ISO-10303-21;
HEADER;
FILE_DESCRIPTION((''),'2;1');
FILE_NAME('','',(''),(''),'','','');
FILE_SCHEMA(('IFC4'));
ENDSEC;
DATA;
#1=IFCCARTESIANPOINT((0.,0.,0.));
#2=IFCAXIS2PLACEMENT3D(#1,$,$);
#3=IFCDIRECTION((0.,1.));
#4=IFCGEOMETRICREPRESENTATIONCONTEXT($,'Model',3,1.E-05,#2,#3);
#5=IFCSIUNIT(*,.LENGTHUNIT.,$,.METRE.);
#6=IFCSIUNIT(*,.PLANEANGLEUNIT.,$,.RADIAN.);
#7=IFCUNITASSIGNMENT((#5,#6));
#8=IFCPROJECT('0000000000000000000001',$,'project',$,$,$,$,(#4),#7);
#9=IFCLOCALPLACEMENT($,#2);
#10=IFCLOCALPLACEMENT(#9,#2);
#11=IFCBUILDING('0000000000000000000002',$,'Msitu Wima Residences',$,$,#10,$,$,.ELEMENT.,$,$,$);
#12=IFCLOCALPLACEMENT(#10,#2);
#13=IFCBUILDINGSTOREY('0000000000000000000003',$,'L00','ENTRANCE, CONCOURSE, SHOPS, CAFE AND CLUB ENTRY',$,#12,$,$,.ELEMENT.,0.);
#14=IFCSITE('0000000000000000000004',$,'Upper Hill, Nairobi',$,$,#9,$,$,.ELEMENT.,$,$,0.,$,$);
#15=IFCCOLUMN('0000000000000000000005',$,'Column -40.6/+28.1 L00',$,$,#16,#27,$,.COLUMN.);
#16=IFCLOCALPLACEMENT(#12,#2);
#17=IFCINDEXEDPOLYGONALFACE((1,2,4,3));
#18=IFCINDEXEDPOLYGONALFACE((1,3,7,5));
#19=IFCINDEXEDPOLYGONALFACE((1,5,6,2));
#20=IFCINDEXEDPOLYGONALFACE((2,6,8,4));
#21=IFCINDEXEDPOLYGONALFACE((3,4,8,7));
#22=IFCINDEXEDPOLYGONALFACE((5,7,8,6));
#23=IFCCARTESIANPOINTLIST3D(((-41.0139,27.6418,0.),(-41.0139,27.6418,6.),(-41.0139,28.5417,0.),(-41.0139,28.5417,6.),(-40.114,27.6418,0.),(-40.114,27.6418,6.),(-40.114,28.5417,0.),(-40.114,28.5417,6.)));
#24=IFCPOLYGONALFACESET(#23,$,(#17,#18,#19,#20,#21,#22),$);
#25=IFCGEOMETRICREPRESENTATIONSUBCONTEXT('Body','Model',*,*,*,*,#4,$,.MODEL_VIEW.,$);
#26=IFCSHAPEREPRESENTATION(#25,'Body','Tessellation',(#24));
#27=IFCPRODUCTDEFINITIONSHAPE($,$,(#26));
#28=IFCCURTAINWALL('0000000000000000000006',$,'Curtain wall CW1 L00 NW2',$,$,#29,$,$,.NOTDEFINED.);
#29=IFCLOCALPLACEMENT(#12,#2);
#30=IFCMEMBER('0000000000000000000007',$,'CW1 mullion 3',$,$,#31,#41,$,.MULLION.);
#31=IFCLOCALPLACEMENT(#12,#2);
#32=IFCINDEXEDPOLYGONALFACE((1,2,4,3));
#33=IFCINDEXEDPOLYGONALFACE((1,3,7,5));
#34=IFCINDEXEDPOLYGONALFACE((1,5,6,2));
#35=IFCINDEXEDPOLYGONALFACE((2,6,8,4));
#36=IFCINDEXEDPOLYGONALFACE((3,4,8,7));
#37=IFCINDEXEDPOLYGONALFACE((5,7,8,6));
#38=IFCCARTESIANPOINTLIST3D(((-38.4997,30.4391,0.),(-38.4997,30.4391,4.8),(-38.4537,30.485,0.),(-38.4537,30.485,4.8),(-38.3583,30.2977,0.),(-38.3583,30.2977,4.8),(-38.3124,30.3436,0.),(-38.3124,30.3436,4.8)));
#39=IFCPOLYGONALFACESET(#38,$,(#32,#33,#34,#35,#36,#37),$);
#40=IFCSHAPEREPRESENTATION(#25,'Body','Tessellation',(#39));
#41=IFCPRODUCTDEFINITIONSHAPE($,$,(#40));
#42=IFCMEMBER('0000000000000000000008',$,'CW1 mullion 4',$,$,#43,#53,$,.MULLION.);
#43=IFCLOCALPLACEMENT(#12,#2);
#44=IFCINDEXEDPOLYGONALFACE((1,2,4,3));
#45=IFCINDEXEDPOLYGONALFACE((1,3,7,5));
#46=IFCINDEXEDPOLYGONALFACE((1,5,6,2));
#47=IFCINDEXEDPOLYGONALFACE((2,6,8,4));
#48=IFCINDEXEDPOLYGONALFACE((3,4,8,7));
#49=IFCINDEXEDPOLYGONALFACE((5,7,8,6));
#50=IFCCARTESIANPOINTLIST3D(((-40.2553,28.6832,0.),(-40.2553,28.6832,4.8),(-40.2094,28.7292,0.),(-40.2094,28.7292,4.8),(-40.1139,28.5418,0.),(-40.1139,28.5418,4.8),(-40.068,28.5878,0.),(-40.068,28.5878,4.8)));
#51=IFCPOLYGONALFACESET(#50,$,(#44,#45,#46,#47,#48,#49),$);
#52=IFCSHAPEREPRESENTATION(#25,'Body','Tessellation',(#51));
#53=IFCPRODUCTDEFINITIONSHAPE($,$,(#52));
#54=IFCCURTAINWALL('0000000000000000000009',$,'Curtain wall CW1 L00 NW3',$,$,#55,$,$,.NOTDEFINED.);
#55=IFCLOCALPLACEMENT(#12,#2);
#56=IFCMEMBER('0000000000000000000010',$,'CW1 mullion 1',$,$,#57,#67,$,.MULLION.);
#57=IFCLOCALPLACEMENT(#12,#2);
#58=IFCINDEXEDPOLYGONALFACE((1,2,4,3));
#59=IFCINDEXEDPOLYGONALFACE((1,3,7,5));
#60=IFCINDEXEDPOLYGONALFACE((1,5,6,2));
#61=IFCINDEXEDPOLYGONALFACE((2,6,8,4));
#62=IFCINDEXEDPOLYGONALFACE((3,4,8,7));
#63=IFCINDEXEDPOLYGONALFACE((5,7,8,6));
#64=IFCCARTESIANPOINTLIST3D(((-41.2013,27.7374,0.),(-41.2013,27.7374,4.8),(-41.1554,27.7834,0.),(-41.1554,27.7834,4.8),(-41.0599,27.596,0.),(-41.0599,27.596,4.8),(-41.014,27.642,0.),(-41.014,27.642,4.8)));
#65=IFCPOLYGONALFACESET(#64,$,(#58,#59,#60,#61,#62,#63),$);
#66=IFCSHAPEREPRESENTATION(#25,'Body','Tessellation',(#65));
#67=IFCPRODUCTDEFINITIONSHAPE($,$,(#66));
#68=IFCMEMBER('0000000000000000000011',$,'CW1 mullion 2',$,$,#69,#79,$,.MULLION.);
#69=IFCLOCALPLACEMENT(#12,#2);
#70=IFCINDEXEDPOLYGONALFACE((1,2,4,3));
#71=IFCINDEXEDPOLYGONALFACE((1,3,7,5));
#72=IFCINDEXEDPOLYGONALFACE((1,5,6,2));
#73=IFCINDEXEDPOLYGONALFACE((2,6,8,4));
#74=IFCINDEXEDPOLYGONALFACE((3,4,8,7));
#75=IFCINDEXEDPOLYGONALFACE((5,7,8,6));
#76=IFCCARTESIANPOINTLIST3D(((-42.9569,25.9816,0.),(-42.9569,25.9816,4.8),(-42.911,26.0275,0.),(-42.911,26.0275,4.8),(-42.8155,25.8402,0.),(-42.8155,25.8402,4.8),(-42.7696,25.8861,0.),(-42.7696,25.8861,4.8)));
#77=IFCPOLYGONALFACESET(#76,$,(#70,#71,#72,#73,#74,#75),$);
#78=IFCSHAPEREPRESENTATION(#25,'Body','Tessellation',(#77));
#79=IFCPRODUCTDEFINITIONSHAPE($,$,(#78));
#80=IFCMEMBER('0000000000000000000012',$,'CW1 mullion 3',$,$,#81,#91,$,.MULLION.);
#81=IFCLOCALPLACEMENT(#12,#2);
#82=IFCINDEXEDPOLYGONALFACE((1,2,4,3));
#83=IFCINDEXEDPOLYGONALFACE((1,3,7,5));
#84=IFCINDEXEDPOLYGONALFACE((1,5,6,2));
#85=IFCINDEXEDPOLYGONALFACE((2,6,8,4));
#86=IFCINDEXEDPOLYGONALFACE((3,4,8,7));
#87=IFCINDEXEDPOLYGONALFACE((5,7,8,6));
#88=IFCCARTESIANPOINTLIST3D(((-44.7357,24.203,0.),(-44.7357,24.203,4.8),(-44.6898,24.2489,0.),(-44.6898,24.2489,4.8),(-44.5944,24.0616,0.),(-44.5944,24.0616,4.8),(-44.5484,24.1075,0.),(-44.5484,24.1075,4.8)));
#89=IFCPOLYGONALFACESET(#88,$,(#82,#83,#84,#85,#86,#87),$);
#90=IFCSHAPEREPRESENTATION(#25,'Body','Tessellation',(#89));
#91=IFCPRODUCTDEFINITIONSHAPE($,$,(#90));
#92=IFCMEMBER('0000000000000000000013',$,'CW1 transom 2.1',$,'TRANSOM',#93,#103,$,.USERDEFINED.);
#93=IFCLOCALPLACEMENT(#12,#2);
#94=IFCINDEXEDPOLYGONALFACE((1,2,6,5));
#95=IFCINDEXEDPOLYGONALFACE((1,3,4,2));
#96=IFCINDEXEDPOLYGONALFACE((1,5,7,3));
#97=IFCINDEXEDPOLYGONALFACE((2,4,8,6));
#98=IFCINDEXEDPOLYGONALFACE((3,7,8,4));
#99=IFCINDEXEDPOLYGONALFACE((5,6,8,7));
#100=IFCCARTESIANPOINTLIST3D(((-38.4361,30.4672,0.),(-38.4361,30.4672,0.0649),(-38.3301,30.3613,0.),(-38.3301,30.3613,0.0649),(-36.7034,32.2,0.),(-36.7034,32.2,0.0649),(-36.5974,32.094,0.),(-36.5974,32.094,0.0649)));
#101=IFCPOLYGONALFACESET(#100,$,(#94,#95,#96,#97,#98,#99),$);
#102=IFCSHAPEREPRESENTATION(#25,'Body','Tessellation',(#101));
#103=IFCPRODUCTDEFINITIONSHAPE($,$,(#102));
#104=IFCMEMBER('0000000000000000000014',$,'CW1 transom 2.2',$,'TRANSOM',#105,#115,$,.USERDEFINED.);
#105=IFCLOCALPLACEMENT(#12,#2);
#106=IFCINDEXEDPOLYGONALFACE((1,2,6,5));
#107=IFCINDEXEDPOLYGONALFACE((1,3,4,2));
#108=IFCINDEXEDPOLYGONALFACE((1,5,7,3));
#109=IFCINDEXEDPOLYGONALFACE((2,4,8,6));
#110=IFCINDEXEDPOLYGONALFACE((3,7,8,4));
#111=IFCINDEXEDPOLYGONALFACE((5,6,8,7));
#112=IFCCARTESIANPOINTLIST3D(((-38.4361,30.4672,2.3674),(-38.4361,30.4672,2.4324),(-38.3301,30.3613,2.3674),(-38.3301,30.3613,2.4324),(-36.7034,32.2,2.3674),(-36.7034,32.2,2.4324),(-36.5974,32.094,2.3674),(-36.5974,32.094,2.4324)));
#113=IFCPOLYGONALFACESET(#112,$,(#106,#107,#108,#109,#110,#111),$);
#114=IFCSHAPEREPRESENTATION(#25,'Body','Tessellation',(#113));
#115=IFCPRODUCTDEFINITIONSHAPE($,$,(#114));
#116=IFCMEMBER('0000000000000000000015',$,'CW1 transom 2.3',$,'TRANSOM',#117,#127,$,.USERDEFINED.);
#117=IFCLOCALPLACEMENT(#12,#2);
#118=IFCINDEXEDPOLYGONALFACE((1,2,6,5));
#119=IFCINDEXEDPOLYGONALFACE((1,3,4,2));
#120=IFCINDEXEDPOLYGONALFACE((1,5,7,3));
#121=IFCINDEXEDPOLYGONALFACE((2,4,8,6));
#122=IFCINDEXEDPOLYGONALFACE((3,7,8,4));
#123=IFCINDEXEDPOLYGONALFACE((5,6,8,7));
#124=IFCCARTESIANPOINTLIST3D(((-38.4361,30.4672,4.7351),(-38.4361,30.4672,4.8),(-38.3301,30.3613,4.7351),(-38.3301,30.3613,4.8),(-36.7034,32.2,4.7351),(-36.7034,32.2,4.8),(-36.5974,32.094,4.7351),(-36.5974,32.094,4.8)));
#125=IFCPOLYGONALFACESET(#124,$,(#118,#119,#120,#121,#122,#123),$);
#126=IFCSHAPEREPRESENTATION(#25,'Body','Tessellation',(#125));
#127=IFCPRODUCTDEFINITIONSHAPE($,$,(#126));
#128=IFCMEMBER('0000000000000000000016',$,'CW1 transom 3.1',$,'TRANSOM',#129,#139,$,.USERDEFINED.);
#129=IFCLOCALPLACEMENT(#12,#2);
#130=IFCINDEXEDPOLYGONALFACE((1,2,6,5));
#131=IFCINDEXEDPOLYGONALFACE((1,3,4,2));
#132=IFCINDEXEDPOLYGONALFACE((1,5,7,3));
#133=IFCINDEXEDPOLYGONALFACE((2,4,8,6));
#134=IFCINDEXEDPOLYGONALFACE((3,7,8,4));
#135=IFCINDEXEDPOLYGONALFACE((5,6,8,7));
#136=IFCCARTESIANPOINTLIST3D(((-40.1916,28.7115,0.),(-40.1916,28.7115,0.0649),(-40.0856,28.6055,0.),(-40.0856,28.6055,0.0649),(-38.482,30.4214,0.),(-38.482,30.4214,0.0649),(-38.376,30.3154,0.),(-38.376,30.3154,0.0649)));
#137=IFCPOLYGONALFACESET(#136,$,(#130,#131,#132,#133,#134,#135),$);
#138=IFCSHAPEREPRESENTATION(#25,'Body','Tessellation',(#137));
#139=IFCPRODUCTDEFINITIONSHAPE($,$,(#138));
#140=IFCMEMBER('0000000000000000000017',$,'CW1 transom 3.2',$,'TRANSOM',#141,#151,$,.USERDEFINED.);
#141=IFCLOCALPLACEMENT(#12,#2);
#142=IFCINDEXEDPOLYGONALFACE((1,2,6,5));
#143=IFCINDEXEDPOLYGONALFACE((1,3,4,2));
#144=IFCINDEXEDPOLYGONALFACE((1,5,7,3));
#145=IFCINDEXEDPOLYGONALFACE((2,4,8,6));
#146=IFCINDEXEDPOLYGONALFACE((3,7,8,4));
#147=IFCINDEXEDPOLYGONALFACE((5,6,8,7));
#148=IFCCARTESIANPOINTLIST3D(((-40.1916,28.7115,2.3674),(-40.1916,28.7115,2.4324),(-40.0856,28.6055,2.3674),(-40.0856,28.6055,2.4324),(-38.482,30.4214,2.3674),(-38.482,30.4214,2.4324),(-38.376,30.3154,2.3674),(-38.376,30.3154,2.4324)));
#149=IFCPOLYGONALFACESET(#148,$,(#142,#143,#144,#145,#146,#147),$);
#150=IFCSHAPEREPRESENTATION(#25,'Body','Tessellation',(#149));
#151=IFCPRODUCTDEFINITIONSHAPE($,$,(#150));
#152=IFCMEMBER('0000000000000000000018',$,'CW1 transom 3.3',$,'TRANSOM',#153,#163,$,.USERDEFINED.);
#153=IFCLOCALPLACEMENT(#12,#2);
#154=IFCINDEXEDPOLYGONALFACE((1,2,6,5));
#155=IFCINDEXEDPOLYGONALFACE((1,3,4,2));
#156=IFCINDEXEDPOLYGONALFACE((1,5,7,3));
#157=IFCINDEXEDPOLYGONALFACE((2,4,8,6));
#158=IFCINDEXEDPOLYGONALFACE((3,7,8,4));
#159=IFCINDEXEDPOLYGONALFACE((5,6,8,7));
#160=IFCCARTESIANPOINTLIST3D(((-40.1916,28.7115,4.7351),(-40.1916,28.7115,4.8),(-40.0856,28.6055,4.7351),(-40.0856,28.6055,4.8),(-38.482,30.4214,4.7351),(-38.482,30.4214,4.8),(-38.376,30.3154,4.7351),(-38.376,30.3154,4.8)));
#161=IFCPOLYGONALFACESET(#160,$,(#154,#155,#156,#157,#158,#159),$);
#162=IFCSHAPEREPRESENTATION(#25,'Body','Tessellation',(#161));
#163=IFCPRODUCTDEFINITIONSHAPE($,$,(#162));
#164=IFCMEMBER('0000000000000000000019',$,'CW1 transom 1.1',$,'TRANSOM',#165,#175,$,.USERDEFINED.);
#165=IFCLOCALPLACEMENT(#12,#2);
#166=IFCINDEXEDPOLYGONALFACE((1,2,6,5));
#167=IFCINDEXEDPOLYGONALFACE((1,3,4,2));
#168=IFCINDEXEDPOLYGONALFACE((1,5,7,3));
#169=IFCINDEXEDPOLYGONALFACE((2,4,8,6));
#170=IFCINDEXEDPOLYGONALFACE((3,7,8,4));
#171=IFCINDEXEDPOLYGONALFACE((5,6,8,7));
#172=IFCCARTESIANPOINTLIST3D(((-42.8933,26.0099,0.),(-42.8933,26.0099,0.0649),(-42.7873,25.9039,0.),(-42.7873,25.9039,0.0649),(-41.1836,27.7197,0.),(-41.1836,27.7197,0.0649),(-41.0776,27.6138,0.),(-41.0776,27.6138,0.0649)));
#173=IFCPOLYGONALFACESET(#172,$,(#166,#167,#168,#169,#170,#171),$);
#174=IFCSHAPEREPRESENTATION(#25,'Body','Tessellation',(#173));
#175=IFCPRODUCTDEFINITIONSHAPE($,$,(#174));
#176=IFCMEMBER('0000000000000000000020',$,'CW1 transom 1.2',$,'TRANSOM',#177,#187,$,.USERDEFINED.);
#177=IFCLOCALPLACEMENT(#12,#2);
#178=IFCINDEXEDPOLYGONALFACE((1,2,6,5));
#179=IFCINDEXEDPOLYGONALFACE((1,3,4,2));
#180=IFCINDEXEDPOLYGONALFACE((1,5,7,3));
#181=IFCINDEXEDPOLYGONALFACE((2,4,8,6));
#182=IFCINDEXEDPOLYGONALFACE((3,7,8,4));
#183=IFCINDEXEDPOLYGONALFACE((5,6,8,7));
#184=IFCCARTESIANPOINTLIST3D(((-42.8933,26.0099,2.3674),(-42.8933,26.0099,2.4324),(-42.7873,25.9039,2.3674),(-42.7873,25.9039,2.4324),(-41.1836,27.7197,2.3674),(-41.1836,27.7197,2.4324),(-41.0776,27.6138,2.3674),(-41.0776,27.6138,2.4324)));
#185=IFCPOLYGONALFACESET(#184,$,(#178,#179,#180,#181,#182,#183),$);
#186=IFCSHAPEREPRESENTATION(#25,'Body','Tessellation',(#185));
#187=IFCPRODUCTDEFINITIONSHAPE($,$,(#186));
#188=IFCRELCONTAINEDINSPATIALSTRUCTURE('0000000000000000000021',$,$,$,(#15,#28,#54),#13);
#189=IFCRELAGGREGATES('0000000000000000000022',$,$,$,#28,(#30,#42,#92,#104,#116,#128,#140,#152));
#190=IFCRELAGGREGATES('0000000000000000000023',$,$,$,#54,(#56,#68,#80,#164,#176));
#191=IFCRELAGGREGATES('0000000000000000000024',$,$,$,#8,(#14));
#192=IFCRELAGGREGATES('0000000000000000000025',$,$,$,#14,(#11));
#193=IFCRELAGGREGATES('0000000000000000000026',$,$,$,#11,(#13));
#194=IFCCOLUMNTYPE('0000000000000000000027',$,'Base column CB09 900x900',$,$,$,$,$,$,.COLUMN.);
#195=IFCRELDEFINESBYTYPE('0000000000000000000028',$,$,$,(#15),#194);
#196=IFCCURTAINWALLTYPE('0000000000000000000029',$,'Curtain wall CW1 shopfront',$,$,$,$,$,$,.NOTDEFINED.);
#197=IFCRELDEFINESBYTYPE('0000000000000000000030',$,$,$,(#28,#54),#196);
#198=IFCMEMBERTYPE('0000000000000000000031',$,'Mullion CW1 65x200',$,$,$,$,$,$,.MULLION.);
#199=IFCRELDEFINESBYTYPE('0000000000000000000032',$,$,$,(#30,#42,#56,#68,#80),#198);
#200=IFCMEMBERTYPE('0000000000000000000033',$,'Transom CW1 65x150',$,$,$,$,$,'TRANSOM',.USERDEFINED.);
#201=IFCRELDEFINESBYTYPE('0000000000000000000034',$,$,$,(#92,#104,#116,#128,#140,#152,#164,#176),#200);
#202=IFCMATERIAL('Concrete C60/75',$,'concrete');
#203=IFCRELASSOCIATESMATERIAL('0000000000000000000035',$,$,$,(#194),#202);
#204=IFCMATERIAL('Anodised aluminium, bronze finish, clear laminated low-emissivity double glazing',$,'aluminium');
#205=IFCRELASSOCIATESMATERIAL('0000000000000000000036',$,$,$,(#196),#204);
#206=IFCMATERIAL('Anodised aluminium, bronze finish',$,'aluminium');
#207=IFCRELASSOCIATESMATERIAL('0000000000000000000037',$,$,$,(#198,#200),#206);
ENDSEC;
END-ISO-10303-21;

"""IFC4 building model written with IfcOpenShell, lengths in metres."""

from ifc_helpers import new_model, si_unit, direction, frame, origin, origin_2d, place, context, subcontext, project, spatial, rectangle, extrude, material, material_profile, profile_set, type_object, element, aggregate, save


model = new_model("IFC4")

# Units and contexts
model_context = context("Model", 3, precision=1e-05, world=origin(), true_north=direction((0.0, 1.0)))
body_context = subcontext(model_context, "Body", "Model", "MODEL_VIEW")
ifc_project = project(units=[si_unit("LENGTHUNIT", "METRE"), si_unit("PLANEANGLEUNIT", "RADIAN")], contexts=[model_context])

# Site, building, storey
site_placement = place(None, origin())
site = spatial("IfcSite", under=ifc_project, at=site_placement, Name="Upper Hill, Nairobi", CompositionType="ELEMENT", RefElevation=0.0)
building_placement = place(site_placement, origin())
building = spatial("IfcBuilding", under=site, at=building_placement, Name="Msitu Wima Residences", CompositionType="ELEMENT")
storey_placement = place(building_placement, origin())
storey = spatial("IfcBuildingStorey", under=building, at=storey_placement, Name="L00", Description="ENTRANCE, CONCOURSE, SHOPS, CAFE AND CLUB ENTRY", CompositionType="ELEMENT", Elevation=0.0)

# Column
ifc_material_1 = material(Name="Concrete C60/75", Category="concrete")
ifc_material_profile_1 = material_profile(ifc_material_1, rectangle(XDim=0.8999, YDim=0.8999, at=origin_2d()), Name="RC 900x900")
ifc_profile_set_1 = profile_set([ifc_material_profile_1], Name="Concrete C60/75")
column_type = type_object("IfcColumnType", Name="Base column CB09 900x900", PredefinedType="COLUMN", material=ifc_profile_set_1)
column_placement = place(storey_placement, frame((-40.564, 28.0918, 0.0), z_axis=(0.0, 0.0, 1.0), x_axis=(1.0, 0.0, 0.0)))
element("IfcColumn", 1, at=column_placement, inside=storey, type_object=column_type, Name="Column -40.6/+28.1 L00", PredefinedType="COLUMN", context=body_context, shape_type="SweptSolid", body=[
    extrude(rectangle(XDim=0.8999, YDim=0.8999, at=origin_2d()), origin(), (0.0, 0.0, 1.0), 6.0),
])

# Curtain walls, members
ifc_material_2 = material(Name="Anodised aluminium, bronze finish, clear laminated low-emissivity double glazing", Category="aluminium")
curtain_wall_type = type_object("IfcCurtainWallType", Name="Curtain wall CW1 shopfront", PredefinedType="NOTDEFINED", material=ifc_material_2)
curtain_wall_1_placement = place(storey_placement, origin())
curtain_wall_1 = element("IfcCurtainWall", 2, at=curtain_wall_1_placement, inside=storey, type_object=curtain_wall_type, Name="Curtain wall CW1 L00 NW2", PredefinedType="NOTDEFINED")
ifc_material_3 = material(Name="Anodised aluminium, bronze finish", Category="aluminium")
ifc_material_profile_2 = material_profile(ifc_material_3, rectangle(XDim=0.2, YDim=0.0649, at=origin_2d()), Name="Mullion 65x200")
ifc_profile_set_2 = profile_set([ifc_material_profile_2], Name="Anodised aluminium, bronze finish")
member_type_1 = type_object("IfcMemberType", Name="Mullion CW1 65x200", PredefinedType="MULLION", material=ifc_profile_set_2)
member_1_placement = place(storey_placement, frame((-38.406, 30.3914, 0.0), z_axis=(0.0, 0.0, 1.0), x_axis=(0.707107, -0.707107, 0.0)))
member_1 = element("IfcMember", 3, at=member_1_placement, type_object=member_type_1, Name="CW1 mullion 3", PredefinedType="MULLION", context=body_context, shape_type="SweptSolid", body=[
    extrude(rectangle(XDim=0.2, YDim=0.0649, at=origin_2d()), origin(), (0.0, 0.0, 1.0), 4.8),
])
member_2_placement = place(storey_placement, frame((-40.1616, 28.6355, 0.0), z_axis=(0.0, 0.0, 1.0), x_axis=(0.707107, -0.707107, 0.0)))
member_2 = element("IfcMember", 4, at=member_2_placement, type_object=member_type_1, Name="CW1 mullion 4", PredefinedType="MULLION", context=body_context, shape_type="SweptSolid", body=[
    extrude(rectangle(XDim=0.2, YDim=0.0649, at=origin_2d()), origin(), (0.0, 0.0, 1.0), 4.8),
])
curtain_wall_2_placement = place(storey_placement, origin())
curtain_wall_2 = element("IfcCurtainWall", 5, at=curtain_wall_2_placement, inside=storey, type_object=curtain_wall_type, Name="Curtain wall CW1 L00 NW3", PredefinedType="NOTDEFINED")
member_3_placement = place(storey_placement, frame((-41.1077, 27.6897, 0.0), z_axis=(0.0, 0.0, 1.0), x_axis=(0.707107, -0.707107, 0.0)))
member_3 = element("IfcMember", 6, at=member_3_placement, type_object=member_type_1, Name="CW1 mullion 1", PredefinedType="MULLION", context=body_context, shape_type="SweptSolid", body=[
    extrude(rectangle(XDim=0.2, YDim=0.0649, at=origin_2d()), origin(), (0.0, 0.0, 1.0), 4.8),
])
member_4_placement = place(storey_placement, frame((-42.8633, 25.9338, 0.0), z_axis=(0.0, 0.0, 1.0), x_axis=(0.707107, -0.707107, 0.0)))
member_4 = element("IfcMember", 7, at=member_4_placement, type_object=member_type_1, Name="CW1 mullion 2", PredefinedType="MULLION", context=body_context, shape_type="SweptSolid", body=[
    extrude(rectangle(XDim=0.2, YDim=0.0649, at=origin_2d()), origin(), (0.0, 0.0, 1.0), 4.8),
])
member_5_placement = place(storey_placement, frame((-44.6421, 24.1553, 0.0), z_axis=(0.0, 0.0, 1.0), x_axis=(0.707107, -0.707107, 0.0)))
member_5 = element("IfcMember", 8, at=member_5_placement, type_object=member_type_1, Name="CW1 mullion 3", PredefinedType="MULLION", context=body_context, shape_type="SweptSolid", body=[
    extrude(rectangle(XDim=0.2, YDim=0.0649, at=origin_2d()), origin(), (0.0, 0.0, 1.0), 4.8),
])

# Members
ifc_material_profile_3 = material_profile(ifc_material_3, rectangle(XDim=0.1499, YDim=0.0649, at=origin_2d()), Name="Transom 65x150")
ifc_profile_set_3 = profile_set([ifc_material_profile_3], Name="Anodised aluminium, bronze finish")
member_type_2 = type_object("IfcMemberType", Name="Transom CW1 65x150", ElementType="TRANSOM", PredefinedType="USERDEFINED", material=ifc_profile_set_3)
member_6_placement = place(storey_placement, frame((-36.6504, 32.147, 0.0325), z_axis=(-0.707107, -0.707107, 0.0), x_axis=(0.707107, -0.707107, 0.0)))
member_6 = element("IfcMember", 9, at=member_6_placement, type_object=member_type_2, Name="CW1 transom 2.1", ObjectType="TRANSOM", PredefinedType="USERDEFINED", context=body_context, shape_type="SweptSolid", body=[
    extrude(rectangle(XDim=0.1499, YDim=0.0649, at=origin_2d()), origin(), (0.0, 0.0, 1.0), 2.4504),
])
member_7_placement = place(storey_placement, frame((-36.6504, 32.147, 2.3999), z_axis=(-0.707107, -0.707107, 0.0), x_axis=(0.707107, -0.707107, 0.0)))
member_7 = element("IfcMember", 10, at=member_7_placement, type_object=member_type_2, Name="CW1 transom 2.2", ObjectType="TRANSOM", PredefinedType="USERDEFINED", context=body_context, shape_type="SweptSolid", body=[
    extrude(rectangle(XDim=0.1499, YDim=0.0649, at=origin_2d()), origin(), (0.0, 0.0, 1.0), 2.4504),
])
member_8_placement = place(storey_placement, frame((-36.6504, 32.147, 4.7676), z_axis=(-0.707107, -0.707107, 0.0), x_axis=(0.707107, -0.707107, 0.0)))
member_8 = element("IfcMember", 11, at=member_8_placement, type_object=member_type_2, Name="CW1 transom 2.3", ObjectType="TRANSOM", PredefinedType="USERDEFINED", context=body_context, shape_type="SweptSolid", body=[
    extrude(rectangle(XDim=0.1499, YDim=0.0649, at=origin_2d()), origin(), (0.0, 0.0, 1.0), 2.4504),
])
member_9_placement = place(storey_placement, frame((-38.429, 30.3684, 0.0325), z_axis=(-0.707056, -0.707157, 0.0), x_axis=(0.707157, -0.707056, 0.0)))
member_9 = element("IfcMember", 12, at=member_9_placement, type_object=member_type_2, Name="CW1 transom 3.1", ObjectType="TRANSOM", PredefinedType="USERDEFINED", context=body_context, shape_type="SweptSolid", body=[
    extrude(rectangle(XDim=0.1499, YDim=0.0649, at=origin_2d()), origin(), (0.0, 0.0, 1.0), 2.418),
])
member_10_placement = place(storey_placement, frame((-38.429, 30.3684, 2.3999), z_axis=(-0.707056, -0.707157, 0.0), x_axis=(0.707157, -0.707056, 0.0)))
member_10 = element("IfcMember", 13, at=member_10_placement, type_object=member_type_2, Name="CW1 transom 3.2", ObjectType="TRANSOM", PredefinedType="USERDEFINED", context=body_context, shape_type="SweptSolid", body=[
    extrude(rectangle(XDim=0.1499, YDim=0.0649, at=origin_2d()), origin(), (0.0, 0.0, 1.0), 2.418),
])
member_11_placement = place(storey_placement, frame((-38.429, 30.3684, 4.7676), z_axis=(-0.707056, -0.707157, 0.0), x_axis=(0.707157, -0.707056, 0.0)))
member_11 = element("IfcMember", 14, at=member_11_placement, type_object=member_type_2, Name="CW1 transom 3.3", ObjectType="TRANSOM", PredefinedType="USERDEFINED", context=body_context, shape_type="SweptSolid", body=[
    extrude(rectangle(XDim=0.1499, YDim=0.0649, at=origin_2d()), origin(), (0.0, 0.0, 1.0), 2.418),
])
member_12_placement = place(storey_placement, frame((-41.1306, 27.6667, 0.0325), z_axis=(-0.707056, -0.707157, 0.0), x_axis=(0.707157, -0.707056, 0.0)))
member_12 = element("IfcMember", 15, at=member_12_placement, type_object=member_type_2, Name="CW1 transom 1.1", ObjectType="TRANSOM", PredefinedType="USERDEFINED", context=body_context, shape_type="SweptSolid", body=[
    extrude(rectangle(XDim=0.1499, YDim=0.0649, at=origin_2d()), origin(), (0.0, 0.0, 1.0), 2.418),
])
member_13_placement = place(storey_placement, frame((-41.1306, 27.6667, 2.3999), z_axis=(-0.707056, -0.707157, 0.0), x_axis=(0.707157, -0.707056, 0.0)))
member_13 = element("IfcMember", 16, at=member_13_placement, type_object=member_type_2, Name="CW1 transom 1.2", ObjectType="TRANSOM", PredefinedType="USERDEFINED", context=body_context, shape_type="SweptSolid", body=[
    extrude(rectangle(XDim=0.1499, YDim=0.0649, at=origin_2d()), origin(), (0.0, 0.0, 1.0), 2.418),
])

aggregate(curtain_wall_1, [member_1, member_2, member_6, member_7, member_8, member_9, member_10, member_11])
aggregate(curtain_wall_2, [member_3, member_4, member_5, member_12, member_13])

save(model, "model.ifc")
